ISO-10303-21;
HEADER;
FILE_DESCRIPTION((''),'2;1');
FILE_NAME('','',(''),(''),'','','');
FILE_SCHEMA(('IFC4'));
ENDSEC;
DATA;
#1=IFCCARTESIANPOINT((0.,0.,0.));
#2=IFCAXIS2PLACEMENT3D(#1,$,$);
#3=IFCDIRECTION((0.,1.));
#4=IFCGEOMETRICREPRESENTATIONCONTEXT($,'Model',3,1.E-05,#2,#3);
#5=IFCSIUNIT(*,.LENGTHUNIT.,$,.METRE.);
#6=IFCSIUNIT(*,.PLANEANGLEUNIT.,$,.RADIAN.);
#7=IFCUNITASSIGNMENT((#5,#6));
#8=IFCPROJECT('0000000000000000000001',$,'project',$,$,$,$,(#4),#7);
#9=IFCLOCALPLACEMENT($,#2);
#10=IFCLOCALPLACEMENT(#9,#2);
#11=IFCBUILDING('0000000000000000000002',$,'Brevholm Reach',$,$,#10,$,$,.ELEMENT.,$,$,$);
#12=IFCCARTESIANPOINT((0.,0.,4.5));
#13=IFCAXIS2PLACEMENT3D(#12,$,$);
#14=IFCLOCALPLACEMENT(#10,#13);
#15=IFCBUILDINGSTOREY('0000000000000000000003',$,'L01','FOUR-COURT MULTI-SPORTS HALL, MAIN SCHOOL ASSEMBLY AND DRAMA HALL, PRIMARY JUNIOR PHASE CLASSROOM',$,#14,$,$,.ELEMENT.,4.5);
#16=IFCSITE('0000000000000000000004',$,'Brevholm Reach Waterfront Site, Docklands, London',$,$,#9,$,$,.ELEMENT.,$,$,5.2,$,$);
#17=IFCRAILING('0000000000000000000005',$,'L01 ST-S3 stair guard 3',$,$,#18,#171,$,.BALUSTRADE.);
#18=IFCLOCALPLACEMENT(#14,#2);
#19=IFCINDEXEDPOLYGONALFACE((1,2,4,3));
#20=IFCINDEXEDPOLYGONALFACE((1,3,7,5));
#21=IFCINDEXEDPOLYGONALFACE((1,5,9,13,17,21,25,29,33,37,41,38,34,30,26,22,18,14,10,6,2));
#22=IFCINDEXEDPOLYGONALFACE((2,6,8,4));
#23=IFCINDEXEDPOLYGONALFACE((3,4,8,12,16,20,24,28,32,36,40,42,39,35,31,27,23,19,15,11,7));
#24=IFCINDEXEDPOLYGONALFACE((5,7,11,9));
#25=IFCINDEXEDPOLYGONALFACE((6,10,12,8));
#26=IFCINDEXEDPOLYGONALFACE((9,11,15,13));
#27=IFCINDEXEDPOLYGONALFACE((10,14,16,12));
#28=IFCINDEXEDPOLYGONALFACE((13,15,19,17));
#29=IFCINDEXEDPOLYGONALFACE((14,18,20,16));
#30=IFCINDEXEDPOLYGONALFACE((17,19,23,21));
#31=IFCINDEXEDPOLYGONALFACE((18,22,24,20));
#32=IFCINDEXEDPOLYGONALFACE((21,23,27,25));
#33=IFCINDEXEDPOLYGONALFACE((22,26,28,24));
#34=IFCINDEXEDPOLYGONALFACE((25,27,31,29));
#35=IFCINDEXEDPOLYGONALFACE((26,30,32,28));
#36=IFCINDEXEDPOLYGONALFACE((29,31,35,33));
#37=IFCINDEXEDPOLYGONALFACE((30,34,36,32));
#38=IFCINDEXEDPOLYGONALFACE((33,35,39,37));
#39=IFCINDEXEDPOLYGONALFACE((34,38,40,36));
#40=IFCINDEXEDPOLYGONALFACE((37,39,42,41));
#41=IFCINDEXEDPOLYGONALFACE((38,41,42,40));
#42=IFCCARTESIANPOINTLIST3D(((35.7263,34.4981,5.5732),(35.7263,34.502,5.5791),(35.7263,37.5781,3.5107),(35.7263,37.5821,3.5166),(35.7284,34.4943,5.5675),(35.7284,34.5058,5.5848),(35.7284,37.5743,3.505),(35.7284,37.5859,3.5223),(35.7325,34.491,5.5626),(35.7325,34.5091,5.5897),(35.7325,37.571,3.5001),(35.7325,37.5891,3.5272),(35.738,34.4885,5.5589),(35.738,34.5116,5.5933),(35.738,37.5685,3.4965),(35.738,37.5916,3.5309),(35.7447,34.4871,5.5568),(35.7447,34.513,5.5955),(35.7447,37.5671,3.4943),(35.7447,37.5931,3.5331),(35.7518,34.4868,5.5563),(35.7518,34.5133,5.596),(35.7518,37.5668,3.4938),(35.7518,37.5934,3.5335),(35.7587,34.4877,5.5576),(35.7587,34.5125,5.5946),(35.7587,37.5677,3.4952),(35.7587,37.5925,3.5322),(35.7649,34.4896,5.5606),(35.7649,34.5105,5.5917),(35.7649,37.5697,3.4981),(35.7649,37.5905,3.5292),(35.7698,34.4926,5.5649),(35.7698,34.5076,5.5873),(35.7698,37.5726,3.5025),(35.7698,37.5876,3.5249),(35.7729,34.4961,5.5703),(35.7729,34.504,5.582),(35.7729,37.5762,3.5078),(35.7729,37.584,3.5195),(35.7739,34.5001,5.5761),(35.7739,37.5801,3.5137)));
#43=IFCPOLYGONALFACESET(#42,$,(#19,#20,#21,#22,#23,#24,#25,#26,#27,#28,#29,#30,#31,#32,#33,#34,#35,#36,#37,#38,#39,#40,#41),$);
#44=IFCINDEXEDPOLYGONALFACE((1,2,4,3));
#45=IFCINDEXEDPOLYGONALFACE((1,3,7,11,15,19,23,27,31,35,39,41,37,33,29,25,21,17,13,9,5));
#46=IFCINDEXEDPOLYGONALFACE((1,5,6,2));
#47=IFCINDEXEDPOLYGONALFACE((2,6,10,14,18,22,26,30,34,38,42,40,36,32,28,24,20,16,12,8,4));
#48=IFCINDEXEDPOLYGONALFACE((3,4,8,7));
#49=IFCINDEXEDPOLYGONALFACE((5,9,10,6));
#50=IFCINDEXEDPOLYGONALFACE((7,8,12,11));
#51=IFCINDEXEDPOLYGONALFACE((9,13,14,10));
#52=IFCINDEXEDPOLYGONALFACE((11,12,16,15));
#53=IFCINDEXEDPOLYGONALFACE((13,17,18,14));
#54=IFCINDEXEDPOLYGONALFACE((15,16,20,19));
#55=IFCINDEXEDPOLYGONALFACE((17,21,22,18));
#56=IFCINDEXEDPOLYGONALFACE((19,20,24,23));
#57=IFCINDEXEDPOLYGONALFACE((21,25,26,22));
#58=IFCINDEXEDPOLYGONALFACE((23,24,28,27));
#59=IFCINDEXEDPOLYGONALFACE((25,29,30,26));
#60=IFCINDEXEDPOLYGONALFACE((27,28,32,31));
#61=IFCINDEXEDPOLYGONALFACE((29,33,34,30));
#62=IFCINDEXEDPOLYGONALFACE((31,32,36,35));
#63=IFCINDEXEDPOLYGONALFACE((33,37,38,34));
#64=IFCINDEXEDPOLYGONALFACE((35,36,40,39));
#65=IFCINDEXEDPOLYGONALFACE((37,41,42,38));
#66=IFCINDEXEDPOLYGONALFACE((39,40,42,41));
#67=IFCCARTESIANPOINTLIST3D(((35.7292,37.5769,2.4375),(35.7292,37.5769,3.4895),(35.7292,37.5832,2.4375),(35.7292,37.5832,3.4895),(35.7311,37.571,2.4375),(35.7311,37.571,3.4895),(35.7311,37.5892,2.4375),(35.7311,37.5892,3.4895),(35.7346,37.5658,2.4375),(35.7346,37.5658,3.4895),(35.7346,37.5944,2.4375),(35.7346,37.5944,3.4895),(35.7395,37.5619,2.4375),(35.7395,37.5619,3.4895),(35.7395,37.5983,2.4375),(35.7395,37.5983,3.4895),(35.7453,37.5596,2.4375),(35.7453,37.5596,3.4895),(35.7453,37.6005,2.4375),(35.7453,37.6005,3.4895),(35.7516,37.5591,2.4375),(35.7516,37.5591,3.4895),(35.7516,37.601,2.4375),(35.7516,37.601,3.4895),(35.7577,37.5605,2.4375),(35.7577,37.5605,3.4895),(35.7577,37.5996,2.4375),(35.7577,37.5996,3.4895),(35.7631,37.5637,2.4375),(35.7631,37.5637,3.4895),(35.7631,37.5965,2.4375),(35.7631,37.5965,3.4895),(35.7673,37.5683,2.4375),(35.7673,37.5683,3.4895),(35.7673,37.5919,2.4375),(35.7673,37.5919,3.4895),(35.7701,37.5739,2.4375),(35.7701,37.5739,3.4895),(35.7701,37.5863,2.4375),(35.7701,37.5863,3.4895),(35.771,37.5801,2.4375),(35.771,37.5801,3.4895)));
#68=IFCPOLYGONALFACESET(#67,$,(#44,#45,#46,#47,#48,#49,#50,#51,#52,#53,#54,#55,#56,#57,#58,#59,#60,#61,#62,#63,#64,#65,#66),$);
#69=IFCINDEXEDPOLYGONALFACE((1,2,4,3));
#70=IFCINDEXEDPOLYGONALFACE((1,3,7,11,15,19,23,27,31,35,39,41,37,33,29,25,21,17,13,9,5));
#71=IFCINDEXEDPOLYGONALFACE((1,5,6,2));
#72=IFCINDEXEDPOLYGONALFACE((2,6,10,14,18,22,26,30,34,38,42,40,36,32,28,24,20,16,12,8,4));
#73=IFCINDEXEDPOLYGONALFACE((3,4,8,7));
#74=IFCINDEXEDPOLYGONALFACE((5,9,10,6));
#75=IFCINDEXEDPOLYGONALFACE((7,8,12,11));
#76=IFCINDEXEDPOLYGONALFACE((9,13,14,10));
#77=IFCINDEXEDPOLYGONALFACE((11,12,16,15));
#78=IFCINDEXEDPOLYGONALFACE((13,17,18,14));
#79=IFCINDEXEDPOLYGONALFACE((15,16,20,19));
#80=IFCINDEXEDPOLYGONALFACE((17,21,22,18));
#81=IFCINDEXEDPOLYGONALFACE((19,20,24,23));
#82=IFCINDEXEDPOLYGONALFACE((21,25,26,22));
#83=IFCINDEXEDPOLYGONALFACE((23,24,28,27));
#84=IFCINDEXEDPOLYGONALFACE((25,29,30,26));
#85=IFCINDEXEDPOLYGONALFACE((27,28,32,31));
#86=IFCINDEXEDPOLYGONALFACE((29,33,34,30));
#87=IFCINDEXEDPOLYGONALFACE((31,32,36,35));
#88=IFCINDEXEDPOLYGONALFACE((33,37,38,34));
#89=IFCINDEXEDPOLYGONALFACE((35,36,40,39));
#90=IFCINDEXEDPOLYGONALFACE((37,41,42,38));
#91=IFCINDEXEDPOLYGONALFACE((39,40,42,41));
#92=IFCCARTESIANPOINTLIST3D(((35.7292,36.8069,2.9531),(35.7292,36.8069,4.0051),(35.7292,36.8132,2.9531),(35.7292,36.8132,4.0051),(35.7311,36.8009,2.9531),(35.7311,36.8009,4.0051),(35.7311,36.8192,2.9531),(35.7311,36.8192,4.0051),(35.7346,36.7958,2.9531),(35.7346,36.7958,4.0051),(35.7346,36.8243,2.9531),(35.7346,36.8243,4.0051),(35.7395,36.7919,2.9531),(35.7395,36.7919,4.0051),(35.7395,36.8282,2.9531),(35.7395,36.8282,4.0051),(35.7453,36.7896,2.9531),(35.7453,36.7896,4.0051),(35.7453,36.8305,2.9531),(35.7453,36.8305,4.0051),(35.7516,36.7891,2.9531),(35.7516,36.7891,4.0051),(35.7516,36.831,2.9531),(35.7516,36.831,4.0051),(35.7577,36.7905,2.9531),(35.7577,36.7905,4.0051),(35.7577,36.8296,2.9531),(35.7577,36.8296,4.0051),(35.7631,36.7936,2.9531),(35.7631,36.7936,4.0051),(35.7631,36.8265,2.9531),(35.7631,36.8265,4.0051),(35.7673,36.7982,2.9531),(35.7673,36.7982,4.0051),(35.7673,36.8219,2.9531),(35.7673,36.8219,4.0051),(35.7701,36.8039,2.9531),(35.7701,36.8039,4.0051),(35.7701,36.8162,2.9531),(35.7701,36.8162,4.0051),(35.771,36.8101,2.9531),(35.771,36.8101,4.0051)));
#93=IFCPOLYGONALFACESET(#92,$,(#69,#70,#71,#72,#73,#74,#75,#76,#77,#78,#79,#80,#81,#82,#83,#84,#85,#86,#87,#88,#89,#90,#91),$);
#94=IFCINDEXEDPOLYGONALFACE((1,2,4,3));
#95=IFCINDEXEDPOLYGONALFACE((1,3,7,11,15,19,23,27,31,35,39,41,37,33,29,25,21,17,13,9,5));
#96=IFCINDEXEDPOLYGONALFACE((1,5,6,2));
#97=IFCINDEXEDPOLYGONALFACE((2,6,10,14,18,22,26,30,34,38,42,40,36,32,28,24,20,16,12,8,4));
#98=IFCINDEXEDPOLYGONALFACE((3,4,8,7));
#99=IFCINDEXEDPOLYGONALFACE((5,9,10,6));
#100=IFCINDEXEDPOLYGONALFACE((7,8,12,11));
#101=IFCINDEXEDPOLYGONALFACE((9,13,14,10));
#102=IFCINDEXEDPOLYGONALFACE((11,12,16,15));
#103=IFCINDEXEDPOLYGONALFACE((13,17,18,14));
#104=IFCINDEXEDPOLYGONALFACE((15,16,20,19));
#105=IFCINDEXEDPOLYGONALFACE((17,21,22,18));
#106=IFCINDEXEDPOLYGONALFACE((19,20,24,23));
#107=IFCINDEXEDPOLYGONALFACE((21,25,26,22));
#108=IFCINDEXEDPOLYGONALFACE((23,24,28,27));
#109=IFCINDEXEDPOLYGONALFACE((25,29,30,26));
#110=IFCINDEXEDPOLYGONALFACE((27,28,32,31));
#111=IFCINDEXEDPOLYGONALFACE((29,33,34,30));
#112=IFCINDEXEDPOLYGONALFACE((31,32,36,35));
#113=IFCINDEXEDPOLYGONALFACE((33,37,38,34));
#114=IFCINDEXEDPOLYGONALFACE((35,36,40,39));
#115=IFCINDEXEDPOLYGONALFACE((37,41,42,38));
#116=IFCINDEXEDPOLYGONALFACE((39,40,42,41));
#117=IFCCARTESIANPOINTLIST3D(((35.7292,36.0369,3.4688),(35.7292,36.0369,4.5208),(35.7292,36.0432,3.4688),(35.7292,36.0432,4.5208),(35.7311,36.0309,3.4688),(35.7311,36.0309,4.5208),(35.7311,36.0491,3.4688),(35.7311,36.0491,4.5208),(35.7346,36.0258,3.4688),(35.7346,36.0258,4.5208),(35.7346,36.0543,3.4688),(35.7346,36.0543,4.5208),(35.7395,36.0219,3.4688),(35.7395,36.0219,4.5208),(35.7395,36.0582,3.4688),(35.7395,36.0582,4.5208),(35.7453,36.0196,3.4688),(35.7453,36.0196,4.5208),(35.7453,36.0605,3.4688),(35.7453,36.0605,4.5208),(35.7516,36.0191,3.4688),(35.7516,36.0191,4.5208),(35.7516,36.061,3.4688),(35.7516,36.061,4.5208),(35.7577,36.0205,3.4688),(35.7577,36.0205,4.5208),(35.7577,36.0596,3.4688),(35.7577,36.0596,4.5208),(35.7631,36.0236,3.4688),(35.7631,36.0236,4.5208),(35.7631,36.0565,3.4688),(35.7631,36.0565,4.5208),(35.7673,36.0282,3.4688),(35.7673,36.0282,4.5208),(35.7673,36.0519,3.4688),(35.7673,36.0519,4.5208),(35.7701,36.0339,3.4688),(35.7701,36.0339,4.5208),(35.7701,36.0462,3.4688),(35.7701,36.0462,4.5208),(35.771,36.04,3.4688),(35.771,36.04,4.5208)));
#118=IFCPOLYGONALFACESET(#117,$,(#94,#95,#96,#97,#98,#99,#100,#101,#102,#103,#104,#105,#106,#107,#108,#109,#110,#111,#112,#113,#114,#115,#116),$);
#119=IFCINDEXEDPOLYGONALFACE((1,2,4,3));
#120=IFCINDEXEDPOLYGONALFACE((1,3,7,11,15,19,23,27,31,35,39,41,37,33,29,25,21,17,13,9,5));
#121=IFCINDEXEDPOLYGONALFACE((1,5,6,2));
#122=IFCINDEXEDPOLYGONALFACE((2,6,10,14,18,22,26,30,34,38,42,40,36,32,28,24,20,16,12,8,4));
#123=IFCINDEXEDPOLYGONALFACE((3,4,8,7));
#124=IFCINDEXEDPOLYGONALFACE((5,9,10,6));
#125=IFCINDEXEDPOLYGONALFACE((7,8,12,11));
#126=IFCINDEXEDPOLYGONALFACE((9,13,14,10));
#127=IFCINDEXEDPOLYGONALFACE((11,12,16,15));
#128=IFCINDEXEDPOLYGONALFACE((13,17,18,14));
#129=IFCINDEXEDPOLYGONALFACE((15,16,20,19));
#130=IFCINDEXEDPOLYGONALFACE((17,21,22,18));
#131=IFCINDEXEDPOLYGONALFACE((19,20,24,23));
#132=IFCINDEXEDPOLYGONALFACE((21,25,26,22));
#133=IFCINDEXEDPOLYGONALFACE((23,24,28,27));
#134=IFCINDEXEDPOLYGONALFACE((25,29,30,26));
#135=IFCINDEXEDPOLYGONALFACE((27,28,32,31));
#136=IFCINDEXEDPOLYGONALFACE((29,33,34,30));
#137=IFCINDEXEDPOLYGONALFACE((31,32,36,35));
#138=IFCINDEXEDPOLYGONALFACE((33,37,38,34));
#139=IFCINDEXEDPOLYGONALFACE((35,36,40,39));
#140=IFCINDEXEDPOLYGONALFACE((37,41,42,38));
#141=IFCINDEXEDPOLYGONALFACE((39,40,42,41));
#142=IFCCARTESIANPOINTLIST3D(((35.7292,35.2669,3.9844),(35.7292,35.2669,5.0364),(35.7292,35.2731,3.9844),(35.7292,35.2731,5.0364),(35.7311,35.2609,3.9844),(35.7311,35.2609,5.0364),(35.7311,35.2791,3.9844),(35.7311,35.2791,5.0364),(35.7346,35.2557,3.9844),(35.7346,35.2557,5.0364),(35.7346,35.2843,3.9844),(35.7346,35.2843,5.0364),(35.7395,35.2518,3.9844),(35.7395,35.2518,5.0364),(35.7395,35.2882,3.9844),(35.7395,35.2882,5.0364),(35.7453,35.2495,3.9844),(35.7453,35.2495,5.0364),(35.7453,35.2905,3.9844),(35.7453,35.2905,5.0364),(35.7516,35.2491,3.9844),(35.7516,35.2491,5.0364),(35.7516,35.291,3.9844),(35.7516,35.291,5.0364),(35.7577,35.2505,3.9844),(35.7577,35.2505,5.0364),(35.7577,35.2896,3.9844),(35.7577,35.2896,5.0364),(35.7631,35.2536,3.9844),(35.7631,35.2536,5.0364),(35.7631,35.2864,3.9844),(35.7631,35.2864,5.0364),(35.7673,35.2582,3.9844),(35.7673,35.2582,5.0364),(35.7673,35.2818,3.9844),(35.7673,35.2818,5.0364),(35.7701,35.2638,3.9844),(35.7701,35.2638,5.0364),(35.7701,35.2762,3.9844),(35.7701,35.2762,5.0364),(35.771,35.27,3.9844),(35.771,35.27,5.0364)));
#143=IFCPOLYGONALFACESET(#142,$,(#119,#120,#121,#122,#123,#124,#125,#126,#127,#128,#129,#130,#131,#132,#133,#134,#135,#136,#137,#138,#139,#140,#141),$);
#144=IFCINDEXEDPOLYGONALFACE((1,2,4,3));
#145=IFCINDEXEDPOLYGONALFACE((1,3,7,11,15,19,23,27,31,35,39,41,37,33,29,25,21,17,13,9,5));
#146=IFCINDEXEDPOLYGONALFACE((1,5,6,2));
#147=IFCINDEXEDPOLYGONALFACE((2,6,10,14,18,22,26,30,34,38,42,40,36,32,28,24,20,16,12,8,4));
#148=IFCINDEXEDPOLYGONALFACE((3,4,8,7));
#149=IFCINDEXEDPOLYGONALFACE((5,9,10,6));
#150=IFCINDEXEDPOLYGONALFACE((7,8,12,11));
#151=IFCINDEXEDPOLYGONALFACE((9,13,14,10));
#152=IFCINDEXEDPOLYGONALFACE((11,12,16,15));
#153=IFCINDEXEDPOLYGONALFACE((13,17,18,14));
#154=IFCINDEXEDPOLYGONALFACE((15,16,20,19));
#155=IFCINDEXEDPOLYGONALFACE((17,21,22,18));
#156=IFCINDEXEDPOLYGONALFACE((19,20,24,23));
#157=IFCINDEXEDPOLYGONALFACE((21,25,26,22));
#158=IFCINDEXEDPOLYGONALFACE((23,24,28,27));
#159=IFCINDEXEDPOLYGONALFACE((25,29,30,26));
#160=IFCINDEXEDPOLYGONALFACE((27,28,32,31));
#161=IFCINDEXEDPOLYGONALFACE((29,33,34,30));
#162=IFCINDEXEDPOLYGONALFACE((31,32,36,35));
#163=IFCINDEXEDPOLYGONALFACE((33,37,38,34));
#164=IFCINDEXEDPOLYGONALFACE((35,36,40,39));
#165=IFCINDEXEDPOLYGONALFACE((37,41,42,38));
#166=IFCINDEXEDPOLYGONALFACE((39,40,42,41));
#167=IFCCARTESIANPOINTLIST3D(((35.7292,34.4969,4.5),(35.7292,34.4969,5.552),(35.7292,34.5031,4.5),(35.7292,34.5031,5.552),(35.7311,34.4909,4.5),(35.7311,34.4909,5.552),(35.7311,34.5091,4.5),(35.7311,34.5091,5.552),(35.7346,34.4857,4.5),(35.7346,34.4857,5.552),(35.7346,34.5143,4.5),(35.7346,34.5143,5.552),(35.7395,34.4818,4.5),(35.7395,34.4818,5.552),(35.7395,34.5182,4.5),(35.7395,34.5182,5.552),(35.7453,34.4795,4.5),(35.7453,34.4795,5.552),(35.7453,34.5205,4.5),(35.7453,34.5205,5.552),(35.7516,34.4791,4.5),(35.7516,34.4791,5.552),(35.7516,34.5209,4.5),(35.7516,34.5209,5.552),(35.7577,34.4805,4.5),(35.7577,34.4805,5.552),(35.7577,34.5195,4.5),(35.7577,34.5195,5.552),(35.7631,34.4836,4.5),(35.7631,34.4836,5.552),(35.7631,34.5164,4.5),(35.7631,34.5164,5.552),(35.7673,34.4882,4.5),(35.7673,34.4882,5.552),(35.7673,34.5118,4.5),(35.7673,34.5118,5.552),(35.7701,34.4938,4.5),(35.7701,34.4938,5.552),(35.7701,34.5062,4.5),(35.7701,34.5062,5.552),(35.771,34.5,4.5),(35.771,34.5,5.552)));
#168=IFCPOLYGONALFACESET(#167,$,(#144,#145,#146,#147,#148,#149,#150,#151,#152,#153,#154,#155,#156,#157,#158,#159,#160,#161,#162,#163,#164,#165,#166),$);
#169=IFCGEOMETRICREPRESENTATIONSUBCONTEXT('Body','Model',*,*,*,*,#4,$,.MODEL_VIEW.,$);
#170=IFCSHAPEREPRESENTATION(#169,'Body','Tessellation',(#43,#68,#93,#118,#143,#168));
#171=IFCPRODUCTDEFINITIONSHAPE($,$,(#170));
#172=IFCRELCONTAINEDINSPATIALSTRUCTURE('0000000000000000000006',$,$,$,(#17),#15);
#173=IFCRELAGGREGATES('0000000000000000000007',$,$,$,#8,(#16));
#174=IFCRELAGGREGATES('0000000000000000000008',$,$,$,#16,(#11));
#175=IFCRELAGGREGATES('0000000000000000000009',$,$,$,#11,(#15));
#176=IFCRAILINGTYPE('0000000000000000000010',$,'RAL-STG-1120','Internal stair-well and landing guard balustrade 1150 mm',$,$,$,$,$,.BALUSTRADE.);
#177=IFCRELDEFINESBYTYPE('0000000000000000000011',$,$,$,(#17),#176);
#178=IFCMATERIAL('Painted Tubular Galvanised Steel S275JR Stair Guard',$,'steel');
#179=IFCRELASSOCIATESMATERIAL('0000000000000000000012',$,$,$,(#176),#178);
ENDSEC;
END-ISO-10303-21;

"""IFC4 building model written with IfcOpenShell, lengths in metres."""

from ifc_helpers import new_model, si_unit, direction, frame, origin, origin_2d, place, context, subcontext, project, spatial, circle, extrude, material, type_object, element, save


model = new_model("IFC4")

# Units and contexts
model_context = context("Model", 3, precision=1e-05, world=origin(), true_north=direction((0.0, 1.0)))
body_context = subcontext(model_context, "Body", "Model", "MODEL_VIEW")
ifc_project = project(units=[si_unit("LENGTHUNIT", "METRE"), si_unit("PLANEANGLEUNIT", "RADIAN")], contexts=[model_context])

# Site, building, storey
site_placement = place(None, origin())
site = spatial("IfcSite", under=ifc_project, at=site_placement, Name="Brevholm Reach Waterfront Site, Docklands, London", CompositionType="ELEMENT", RefElevation=5.2)
building_placement = place(site_placement, origin())
building = spatial("IfcBuilding", under=site, at=building_placement, Name="Brevholm Reach", CompositionType="ELEMENT")
storey_placement = place(building_placement, frame((0.0, 0.0, 4.5)))
storey = spatial("IfcBuildingStorey", under=building, at=storey_placement, Name="L01", Description="FOUR-COURT MULTI-SPORTS HALL, MAIN SCHOOL ASSEMBLY AND DRAMA HALL, PRIMARY JUNIOR PHASE CLASSROOM", CompositionType="ELEMENT", Elevation=4.5)

# Railing
ifc_material_1 = material(Name="Painted Tubular Galvanised Steel S275JR Stair Guard", Category="steel")
railing_type_1 = type_object("IfcRailingType", Name="RAL-STG-1120", Description="Internal stair-well and landing guard balustrade 1150 mm", PredefinedType="BALUSTRADE", material=ifc_material_1)
railing_1_placement = place(storey_placement, frame((35.75, 37.5801, 2.4375)))
element("IfcRailing", 1, at=railing_1_placement, inside=storey, type_object=railing_type_1, Name="L01 ST-S3 stair guard 3", PredefinedType="BALUSTRADE", context=body_context, shape_type="SweptSolid", body=[
    extrude(circle(Radius=0.0239, at=origin_2d()), frame((0.0, 0.0, 1.0762), z_axis=(0.0, -0.830914, 0.556401), x_axis=(1.0, 0.0, 0.0)), (0.0, 0.0, 1.0), 3.7068),
    extrude(circle(Radius=0.021, at=origin_2d()), origin(), (0.0, 0.0, 1.0), 1.052),
    extrude(circle(Radius=0.021, at=origin_2d()), frame((0.0, -0.77, 0.5156)), (0.0, 0.0, 1.0), 1.052),
    extrude(circle(Radius=0.021, at=origin_2d()), frame((0.0, -1.54, 1.0312)), (0.0, 0.0, 1.0), 1.052),
    extrude(circle(Radius=0.021, at=origin_2d()), frame((0.0, -2.3101, 1.5469)), (0.0, 0.0, 1.0), 1.052),
    extrude(circle(Radius=0.021, at=origin_2d()), frame((0.0, -3.0801, 2.0625)), (0.0, 0.0, 1.0), 1.052),
])

save(model, "model.ifc")
